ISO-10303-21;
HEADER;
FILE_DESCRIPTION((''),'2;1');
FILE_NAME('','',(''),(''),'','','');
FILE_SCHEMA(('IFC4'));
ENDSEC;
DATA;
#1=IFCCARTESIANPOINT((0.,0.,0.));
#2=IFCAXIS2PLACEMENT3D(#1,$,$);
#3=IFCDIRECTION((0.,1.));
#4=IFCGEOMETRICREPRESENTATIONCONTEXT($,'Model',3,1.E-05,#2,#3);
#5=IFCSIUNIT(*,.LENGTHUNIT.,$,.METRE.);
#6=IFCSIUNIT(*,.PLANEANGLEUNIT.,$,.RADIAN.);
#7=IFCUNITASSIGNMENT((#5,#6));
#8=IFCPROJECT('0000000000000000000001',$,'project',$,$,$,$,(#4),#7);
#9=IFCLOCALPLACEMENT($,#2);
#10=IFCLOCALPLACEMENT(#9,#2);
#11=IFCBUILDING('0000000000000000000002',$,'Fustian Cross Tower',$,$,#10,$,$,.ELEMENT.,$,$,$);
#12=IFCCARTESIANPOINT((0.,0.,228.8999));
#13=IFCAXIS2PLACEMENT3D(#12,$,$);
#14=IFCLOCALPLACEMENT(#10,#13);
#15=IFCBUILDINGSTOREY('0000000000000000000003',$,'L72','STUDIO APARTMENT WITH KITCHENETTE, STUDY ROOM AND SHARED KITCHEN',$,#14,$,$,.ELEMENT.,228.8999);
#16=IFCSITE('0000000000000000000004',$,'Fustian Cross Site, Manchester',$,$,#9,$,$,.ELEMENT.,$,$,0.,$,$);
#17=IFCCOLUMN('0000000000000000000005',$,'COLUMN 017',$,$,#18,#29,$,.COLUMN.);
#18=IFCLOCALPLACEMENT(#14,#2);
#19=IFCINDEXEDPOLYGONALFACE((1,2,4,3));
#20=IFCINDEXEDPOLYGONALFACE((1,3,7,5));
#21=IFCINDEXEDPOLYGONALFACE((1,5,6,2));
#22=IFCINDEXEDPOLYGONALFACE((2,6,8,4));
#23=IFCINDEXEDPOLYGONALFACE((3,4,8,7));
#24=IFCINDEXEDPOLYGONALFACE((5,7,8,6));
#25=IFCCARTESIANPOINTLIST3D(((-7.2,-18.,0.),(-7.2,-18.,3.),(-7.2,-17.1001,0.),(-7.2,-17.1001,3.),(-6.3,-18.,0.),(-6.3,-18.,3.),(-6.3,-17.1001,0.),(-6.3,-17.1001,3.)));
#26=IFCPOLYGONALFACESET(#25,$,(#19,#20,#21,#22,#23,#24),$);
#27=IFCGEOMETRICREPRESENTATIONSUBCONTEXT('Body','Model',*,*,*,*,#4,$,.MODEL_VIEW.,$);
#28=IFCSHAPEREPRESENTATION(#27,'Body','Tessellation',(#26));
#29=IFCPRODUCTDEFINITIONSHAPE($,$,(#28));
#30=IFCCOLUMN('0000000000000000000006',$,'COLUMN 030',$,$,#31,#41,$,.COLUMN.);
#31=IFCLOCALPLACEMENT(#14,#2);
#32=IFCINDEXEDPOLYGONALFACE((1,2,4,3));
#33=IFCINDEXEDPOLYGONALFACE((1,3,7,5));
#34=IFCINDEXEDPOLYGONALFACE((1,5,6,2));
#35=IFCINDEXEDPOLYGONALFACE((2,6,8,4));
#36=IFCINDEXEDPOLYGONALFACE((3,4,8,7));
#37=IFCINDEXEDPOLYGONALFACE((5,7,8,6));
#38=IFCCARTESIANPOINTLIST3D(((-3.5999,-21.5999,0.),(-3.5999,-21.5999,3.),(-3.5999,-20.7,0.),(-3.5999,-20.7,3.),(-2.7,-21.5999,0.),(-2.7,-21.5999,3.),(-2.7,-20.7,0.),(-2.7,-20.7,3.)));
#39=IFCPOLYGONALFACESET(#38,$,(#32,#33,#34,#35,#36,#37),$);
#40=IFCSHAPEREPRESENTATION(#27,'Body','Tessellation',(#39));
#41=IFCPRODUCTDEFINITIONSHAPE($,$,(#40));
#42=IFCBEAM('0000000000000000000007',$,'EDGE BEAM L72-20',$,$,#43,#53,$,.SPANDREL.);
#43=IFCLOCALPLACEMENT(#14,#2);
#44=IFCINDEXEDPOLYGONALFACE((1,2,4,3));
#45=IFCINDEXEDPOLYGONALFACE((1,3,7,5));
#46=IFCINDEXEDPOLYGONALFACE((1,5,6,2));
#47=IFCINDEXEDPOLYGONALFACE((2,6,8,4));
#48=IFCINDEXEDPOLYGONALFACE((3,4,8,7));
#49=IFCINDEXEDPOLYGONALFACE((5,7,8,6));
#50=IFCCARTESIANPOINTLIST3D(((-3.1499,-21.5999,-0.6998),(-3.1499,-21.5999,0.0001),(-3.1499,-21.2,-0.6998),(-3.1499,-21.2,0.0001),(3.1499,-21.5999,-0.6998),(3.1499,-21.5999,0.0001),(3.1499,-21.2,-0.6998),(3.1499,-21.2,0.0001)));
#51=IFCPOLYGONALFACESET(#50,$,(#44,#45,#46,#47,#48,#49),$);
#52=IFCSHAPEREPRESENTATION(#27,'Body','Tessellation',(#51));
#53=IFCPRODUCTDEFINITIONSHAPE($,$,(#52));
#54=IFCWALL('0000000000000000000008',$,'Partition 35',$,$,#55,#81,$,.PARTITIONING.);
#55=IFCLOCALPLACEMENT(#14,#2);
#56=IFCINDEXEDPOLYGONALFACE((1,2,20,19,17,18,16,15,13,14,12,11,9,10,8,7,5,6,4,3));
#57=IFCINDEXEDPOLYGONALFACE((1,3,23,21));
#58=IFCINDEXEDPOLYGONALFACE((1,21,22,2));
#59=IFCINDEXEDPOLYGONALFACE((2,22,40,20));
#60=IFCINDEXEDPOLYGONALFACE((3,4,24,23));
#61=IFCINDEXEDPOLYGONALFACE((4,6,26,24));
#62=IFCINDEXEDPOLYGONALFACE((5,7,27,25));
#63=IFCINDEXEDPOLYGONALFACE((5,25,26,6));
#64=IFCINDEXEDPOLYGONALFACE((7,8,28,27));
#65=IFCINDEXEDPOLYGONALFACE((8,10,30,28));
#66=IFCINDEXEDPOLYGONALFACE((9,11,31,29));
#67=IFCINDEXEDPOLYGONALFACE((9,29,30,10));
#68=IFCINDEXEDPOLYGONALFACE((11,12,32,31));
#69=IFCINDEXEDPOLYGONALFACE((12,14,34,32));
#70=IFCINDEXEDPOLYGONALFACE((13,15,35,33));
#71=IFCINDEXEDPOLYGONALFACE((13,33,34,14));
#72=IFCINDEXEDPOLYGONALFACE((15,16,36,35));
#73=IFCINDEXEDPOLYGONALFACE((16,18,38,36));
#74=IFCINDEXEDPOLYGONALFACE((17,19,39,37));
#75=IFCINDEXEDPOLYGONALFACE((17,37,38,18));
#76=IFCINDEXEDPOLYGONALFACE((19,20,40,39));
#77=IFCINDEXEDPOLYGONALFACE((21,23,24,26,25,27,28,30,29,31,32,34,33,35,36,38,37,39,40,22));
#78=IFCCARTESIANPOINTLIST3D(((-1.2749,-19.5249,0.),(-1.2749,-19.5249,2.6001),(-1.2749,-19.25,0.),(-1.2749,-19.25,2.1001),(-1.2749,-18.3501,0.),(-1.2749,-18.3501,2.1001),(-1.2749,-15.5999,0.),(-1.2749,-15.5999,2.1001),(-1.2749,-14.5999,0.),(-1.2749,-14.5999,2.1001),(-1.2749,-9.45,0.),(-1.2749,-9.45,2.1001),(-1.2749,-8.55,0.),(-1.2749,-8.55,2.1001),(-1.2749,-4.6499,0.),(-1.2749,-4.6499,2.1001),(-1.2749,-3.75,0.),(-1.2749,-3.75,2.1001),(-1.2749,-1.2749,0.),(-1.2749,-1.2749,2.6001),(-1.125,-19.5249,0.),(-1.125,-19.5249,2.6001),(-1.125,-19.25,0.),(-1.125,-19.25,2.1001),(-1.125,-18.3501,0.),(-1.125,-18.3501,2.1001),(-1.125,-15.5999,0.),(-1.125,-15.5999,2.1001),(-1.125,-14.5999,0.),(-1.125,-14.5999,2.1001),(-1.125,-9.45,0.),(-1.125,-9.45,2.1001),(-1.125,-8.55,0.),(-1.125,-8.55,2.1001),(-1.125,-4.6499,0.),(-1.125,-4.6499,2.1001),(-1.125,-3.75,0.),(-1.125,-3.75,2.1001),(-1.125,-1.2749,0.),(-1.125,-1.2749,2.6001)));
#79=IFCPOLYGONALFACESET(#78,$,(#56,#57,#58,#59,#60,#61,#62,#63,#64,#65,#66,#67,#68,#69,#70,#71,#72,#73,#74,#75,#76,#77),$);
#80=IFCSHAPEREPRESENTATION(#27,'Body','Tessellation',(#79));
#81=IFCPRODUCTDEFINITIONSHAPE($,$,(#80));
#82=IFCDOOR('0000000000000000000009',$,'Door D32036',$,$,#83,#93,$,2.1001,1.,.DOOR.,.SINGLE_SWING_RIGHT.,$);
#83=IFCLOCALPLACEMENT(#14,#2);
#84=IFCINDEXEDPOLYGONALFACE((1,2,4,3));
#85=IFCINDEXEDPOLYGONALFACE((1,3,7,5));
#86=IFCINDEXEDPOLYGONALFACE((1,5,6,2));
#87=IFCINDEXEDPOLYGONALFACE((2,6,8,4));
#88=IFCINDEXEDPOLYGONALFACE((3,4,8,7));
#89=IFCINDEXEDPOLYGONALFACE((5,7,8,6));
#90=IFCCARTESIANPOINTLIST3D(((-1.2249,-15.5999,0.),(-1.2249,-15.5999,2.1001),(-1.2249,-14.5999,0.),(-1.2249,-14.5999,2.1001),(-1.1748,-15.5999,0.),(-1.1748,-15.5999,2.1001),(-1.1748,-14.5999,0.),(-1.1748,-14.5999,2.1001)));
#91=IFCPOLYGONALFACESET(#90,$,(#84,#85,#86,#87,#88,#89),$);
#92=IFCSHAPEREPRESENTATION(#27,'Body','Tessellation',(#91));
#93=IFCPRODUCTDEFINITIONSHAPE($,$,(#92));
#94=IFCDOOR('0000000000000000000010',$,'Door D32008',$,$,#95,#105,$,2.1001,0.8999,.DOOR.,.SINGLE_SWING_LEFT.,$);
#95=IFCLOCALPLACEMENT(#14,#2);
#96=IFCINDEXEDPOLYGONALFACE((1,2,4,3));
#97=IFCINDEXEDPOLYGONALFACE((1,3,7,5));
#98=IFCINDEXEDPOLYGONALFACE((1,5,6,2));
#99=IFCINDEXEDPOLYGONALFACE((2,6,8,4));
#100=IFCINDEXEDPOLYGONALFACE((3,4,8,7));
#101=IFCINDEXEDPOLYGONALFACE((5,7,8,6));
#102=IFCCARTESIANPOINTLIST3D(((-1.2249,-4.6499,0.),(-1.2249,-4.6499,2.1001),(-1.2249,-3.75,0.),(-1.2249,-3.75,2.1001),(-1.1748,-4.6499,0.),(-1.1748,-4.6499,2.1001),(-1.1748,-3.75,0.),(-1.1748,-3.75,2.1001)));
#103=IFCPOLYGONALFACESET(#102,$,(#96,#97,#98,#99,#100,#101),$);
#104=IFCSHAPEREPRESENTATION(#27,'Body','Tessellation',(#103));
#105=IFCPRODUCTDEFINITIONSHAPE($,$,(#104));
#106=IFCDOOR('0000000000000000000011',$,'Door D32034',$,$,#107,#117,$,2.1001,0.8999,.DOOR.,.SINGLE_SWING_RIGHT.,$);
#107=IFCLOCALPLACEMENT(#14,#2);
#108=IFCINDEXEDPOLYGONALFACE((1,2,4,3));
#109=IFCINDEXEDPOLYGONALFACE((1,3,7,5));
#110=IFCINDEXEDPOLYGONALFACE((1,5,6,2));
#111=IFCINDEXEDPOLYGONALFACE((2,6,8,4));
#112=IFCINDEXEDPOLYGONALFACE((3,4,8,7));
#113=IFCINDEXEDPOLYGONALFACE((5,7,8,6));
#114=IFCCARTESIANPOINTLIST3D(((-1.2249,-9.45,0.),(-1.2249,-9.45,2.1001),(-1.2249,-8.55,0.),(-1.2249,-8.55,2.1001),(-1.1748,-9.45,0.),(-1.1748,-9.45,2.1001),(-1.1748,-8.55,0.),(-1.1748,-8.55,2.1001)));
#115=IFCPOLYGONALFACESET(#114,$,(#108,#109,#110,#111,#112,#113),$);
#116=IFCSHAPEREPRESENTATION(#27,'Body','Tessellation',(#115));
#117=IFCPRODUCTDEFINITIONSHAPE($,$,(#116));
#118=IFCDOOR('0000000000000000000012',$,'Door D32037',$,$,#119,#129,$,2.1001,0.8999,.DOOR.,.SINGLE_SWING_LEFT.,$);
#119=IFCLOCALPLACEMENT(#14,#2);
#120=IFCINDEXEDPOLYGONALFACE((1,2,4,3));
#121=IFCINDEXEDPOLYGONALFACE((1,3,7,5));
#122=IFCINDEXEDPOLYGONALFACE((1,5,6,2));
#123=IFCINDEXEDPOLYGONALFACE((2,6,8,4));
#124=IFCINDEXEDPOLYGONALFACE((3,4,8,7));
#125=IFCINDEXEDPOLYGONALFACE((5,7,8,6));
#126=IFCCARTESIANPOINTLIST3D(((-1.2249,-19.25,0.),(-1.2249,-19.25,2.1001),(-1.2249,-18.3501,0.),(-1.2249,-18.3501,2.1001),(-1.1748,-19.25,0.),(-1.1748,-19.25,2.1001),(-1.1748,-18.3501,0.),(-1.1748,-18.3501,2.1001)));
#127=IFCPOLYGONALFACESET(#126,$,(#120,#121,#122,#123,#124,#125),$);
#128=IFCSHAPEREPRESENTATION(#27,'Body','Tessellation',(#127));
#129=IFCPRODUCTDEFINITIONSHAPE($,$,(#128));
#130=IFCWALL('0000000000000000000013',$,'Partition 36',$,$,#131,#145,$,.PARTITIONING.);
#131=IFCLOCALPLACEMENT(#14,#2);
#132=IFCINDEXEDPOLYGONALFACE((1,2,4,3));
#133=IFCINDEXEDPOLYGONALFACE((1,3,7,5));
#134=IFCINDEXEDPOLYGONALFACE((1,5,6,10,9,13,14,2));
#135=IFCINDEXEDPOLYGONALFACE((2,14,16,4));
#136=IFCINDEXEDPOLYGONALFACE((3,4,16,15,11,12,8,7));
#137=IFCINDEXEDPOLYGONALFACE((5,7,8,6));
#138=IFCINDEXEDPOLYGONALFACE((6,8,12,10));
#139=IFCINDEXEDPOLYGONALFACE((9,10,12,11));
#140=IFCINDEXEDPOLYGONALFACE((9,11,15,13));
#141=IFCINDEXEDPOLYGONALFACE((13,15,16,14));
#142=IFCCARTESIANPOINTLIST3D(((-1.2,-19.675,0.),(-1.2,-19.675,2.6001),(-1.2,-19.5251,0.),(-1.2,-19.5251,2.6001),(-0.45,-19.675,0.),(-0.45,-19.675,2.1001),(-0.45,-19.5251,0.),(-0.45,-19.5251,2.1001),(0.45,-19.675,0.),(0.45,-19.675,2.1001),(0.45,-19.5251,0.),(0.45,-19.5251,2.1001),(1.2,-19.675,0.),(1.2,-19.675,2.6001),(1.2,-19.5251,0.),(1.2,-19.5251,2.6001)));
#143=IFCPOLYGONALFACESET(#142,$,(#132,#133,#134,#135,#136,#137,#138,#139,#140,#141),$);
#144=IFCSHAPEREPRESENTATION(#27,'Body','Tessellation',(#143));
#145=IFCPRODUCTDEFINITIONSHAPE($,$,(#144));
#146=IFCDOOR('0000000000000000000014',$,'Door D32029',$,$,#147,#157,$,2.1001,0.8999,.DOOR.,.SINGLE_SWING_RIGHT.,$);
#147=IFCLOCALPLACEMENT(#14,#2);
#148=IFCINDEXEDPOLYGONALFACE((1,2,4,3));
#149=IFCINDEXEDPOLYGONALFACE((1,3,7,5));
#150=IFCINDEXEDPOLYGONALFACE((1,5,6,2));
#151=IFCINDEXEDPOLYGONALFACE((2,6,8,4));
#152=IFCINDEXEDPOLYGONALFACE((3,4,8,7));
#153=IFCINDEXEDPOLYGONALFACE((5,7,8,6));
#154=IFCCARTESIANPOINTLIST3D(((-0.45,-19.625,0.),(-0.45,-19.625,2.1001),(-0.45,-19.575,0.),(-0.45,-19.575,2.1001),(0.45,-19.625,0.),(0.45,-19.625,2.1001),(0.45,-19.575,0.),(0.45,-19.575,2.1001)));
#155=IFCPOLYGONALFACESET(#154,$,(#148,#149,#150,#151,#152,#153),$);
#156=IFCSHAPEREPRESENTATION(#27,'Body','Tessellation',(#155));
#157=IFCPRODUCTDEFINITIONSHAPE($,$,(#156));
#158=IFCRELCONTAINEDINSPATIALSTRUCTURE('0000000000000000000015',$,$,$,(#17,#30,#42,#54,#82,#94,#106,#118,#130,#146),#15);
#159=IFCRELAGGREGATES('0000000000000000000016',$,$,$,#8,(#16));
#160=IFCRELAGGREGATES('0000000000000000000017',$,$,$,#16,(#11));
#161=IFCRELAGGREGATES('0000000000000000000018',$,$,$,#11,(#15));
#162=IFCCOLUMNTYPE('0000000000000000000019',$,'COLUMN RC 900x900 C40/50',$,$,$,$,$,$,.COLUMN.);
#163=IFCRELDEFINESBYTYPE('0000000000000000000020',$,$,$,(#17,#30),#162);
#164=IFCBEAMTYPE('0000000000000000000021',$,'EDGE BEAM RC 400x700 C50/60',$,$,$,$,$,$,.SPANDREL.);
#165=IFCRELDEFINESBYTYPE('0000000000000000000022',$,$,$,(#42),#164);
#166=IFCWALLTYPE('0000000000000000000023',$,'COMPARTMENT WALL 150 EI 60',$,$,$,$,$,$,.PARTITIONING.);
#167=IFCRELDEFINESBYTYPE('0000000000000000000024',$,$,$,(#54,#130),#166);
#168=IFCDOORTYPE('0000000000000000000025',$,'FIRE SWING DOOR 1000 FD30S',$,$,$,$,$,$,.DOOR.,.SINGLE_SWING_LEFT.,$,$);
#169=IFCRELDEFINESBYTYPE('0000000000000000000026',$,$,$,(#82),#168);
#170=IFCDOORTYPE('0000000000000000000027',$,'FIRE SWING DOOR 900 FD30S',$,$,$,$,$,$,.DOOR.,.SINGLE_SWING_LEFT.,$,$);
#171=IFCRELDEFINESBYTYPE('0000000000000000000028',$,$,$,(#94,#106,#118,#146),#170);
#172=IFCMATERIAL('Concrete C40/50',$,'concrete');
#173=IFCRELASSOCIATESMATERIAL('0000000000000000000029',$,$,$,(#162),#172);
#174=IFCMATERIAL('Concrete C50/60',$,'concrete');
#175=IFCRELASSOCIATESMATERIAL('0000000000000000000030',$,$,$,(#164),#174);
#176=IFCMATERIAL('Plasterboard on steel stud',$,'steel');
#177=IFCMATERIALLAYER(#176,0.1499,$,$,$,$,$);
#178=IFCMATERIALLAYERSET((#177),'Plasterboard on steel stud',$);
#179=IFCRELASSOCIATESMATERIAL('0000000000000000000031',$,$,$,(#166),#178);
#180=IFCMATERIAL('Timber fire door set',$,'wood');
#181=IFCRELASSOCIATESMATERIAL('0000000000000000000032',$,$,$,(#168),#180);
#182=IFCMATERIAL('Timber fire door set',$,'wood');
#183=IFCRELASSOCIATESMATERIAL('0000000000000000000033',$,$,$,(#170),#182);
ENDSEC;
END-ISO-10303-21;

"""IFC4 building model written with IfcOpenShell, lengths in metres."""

from ifc_helpers import new_model, si_unit, direction, frame, frame_2d, origin, origin_2d, place, context, subcontext, project, spatial, rectangle, extrude, material, layer, layer_set, material_profile, profile_set, type_object, element, fill, save


model = new_model("IFC4")

# Units and contexts
model_context = context("Model", 3, precision=1e-05, world=origin(), true_north=direction((0.0, 1.0)))
body_context = subcontext(model_context, "Body", "Model", "MODEL_VIEW")
ifc_project = project(units=[si_unit("LENGTHUNIT", "METRE"), si_unit("PLANEANGLEUNIT", "RADIAN")], contexts=[model_context])

# Site, building, storey
site_placement = place(None, origin())
site = spatial("IfcSite", under=ifc_project, at=site_placement, Name="Fustian Cross Site, Manchester", CompositionType="ELEMENT", RefElevation=0.0)
building_placement = place(site_placement, origin())
building = spatial("IfcBuilding", under=site, at=building_placement, Name="Fustian Cross Tower", CompositionType="ELEMENT")
storey_placement = place(building_placement, frame((0.0, 0.0, 228.8999)))
storey = spatial("IfcBuildingStorey", under=building, at=storey_placement, Name="L72", Description="STUDIO APARTMENT WITH KITCHENETTE, STUDY ROOM AND SHARED KITCHEN", CompositionType="ELEMENT", Elevation=228.8999)

# Columns
ifc_material_1 = material(Name="Concrete C40/50", Category="concrete")
ifc_material_profile_1 = material_profile(ifc_material_1, rectangle(XDim=0.8999, YDim=0.8999, at=origin_2d()), Name="RC 900x900")
ifc_profile_set_1 = profile_set([ifc_material_profile_1], Name="Concrete C40/50")
column_type = type_object("IfcColumnType", Name="COLUMN RC 900x900 C40/50", PredefinedType="COLUMN", material=ifc_profile_set_1)
for number, where, z_axis, x_axis, name in (
    (1, (-6.75, -17.55, 0.0), (0.0, 0.0, 1.0), (1.0, 0.0, 0.0), "COLUMN 017"),
    (2, (-3.1499, -21.1499, 0.0), (0.0, 0.0, 1.0), (1.0, 0.0, 0.0), "COLUMN 030"),
):
    element("IfcColumn", number, at=place(storey_placement, frame(where, z_axis=z_axis, x_axis=x_axis)), inside=storey, type_object=column_type, Name=name, PredefinedType="COLUMN", context=body_context, shape_type="SweptSolid", body=[
        extrude(rectangle(XDim=0.8999, YDim=0.8999, at=origin_2d()), origin(), (0.0, 0.0, 1.0), 3.0),
    ])

# Beam
ifc_material_2 = material(Name="Concrete C50/60", Category="concrete")
ifc_material_profile_2 = material_profile(ifc_material_2, rectangle(XDim=0.3999, YDim=0.7, at=origin_2d()), Name="RC 400x700")
ifc_profile_set_2 = profile_set([ifc_material_profile_2], Name="Concrete C50/60")
beam_type = type_object("IfcBeamType", Name="EDGE BEAM RC 400x700 C50/60", PredefinedType="SPANDREL", material=ifc_profile_set_2)
beam_placement = place(storey_placement, frame((-3.1499, -21.3999, -0.3499), z_axis=(1.0, 0.0, 0.0), x_axis=(0.0, 1.0, 0.0)))
element("IfcBeam", 3, at=beam_placement, inside=storey, type_object=beam_type, Name="EDGE BEAM L72-20", PredefinedType="SPANDREL", context=body_context, shape_type="SweptSolid", body=[
    extrude(rectangle(XDim=0.3999, YDim=0.7, at=origin_2d()), origin(), (0.0, 0.0, 1.0), 6.2998),
])

# Wall, openings, doors
ifc_material_3 = material(Name="Plasterboard on steel stud", Category="steel")
ifc_layer_1 = layer(ifc_material_3, 0.1499)
ifc_layer_set_1 = layer_set([ifc_layer_1], Name="Plasterboard on steel stud")
wall_type_1 = type_object("IfcWallType", Name="COMPARTMENT WALL 150 EI 60", PredefinedType="PARTITIONING", material=ifc_layer_set_1)
wall_1_placement = place(storey_placement, frame((-1.2, -19.5249, 0.0), z_axis=(0.0, 0.0, 1.0), x_axis=(0.0, 1.0, 0.0)))
wall_1 = element("IfcWall", 4, at=wall_1_placement, inside=storey, type_object=wall_type_1, Name="Partition 35", PredefinedType="PARTITIONING", context=body_context, shape_type="SweptSolid", body=[
    extrude(rectangle(XDim=18.25, YDim=0.1499, at=frame_2d((9.125, 0.0))), origin(), (0.0, 0.0, 1.0), 2.6001),
])
opening_1_placement = place(wall_1_placement, frame((14.875, 0.0, 0.0)))
opening_1 = element("IfcOpeningElement", 5, at=opening_1_placement, cuts=wall_1, PredefinedType="OPENING", context=body_context, shape_type="SweptSolid", body=[
    extrude(rectangle(XDim=0.8999, YDim=2.1001, at=frame_2d((0.45, 1.05))), frame((0.0, 0.085, 0.0), z_axis=(0.0, -1.0, 0.0), x_axis=(1.0, 0.0, 0.0)), (0.0, 0.0, 1.0), 0.1699),
])
opening_2_placement = place(wall_1_placement, frame((10.075, 0.0, 0.0)))
opening_2 = element("IfcOpeningElement", 6, at=opening_2_placement, cuts=wall_1, PredefinedType="OPENING", context=body_context, shape_type="SweptSolid", body=[
    extrude(rectangle(XDim=0.8999, YDim=2.1001, at=frame_2d((0.45, 1.05))), frame((0.0, 0.085, 0.0), z_axis=(0.0, -1.0, 0.0), x_axis=(1.0, 0.0, 0.0)), (0.0, 0.0, 1.0), 0.1699),
])
opening_3_placement = place(wall_1_placement, frame((3.925, 0.0, 0.0)))
opening_3 = element("IfcOpeningElement", 7, at=opening_3_placement, cuts=wall_1, PredefinedType="OPENING", context=body_context, shape_type="SweptSolid", body=[
    extrude(rectangle(XDim=1.0, YDim=2.1001, at=frame_2d((0.5, 1.05))), frame((0.0, 0.085, 0.0), z_axis=(0.0, -1.0, 0.0), x_axis=(1.0, 0.0, 0.0)), (0.0, 0.0, 1.0), 0.1699),
])
opening_4_placement = place(wall_1_placement, frame((0.2749, 0.0, 0.0)))
opening_4 = element("IfcOpeningElement", 8, at=opening_4_placement, cuts=wall_1, PredefinedType="OPENING", context=body_context, shape_type="SweptSolid", body=[
    extrude(rectangle(XDim=0.8999, YDim=2.1001, at=frame_2d((0.45, 1.05))), frame((0.0, 0.085, 0.0), z_axis=(0.0, -1.0, 0.0), x_axis=(1.0, 0.0, 0.0)), (0.0, 0.0, 1.0), 0.1699),
])
ifc_material_4 = material(Name="Timber fire door set", Category="wood")
door_type_1 = type_object("IfcDoorType", Name="FIRE SWING DOOR 1000 FD30S", OperationType="SINGLE_SWING_LEFT", PredefinedType="DOOR", material=ifc_material_4)
door_1_placement = place(opening_3_placement, origin())
door_1 = element("IfcDoor", 9, at=door_1_placement, inside=storey, type_object=door_type_1, Name="Door D32036", OperationType="SINGLE_SWING_RIGHT", OverallHeight=2.1001, OverallWidth=1.0, PredefinedType="DOOR", context=body_context, shape_type="SweptSolid", body=[
    extrude(rectangle(XDim=1.0, YDim=2.1001, at=frame_2d((0.5, 1.05))), frame((0.0, 0.0249, 0.0), z_axis=(0.0, -1.0, 0.0), x_axis=(1.0, 0.0, 0.0)), (0.0, 0.0, 1.0), 0.05),
])
fill(opening_3, door_1)
ifc_material_5 = material(Name="Timber fire door set", Category="wood")
door_type_2 = type_object("IfcDoorType", Name="FIRE SWING DOOR 900 FD30S", OperationType="SINGLE_SWING_LEFT", PredefinedType="DOOR", material=ifc_material_5)
door_2_placement = place(opening_1_placement, origin())
door_2 = element("IfcDoor", 10, at=door_2_placement, inside=storey, type_object=door_type_2, Name="Door D32008", OperationType="SINGLE_SWING_LEFT", OverallHeight=2.1001, OverallWidth=0.8999, PredefinedType="DOOR", context=body_context, shape_type="SweptSolid", body=[
    extrude(rectangle(XDim=0.8999, YDim=2.1001, at=frame_2d((0.45, 1.05))), frame((0.0, 0.0249, 0.0), z_axis=(0.0, -1.0, 0.0), x_axis=(1.0, 0.0, 0.0)), (0.0, 0.0, 1.0), 0.05),
])
fill(opening_1, door_2)
door_3_placement = place(opening_2_placement, origin())
door_3 = element("IfcDoor", 11, at=door_3_placement, inside=storey, type_object=door_type_2, Name="Door D32034", OperationType="SINGLE_SWING_RIGHT", OverallHeight=2.1001, OverallWidth=0.8999, PredefinedType="DOOR", context=body_context, shape_type="SweptSolid", body=[
    extrude(rectangle(XDim=0.8999, YDim=2.1001, at=frame_2d((0.45, 1.05))), frame((0.0, 0.0249, 0.0), z_axis=(0.0, -1.0, 0.0), x_axis=(1.0, 0.0, 0.0)), (0.0, 0.0, 1.0), 0.05),
])
fill(opening_2, door_3)
door_4_placement = place(opening_4_placement, origin())
door_4 = element("IfcDoor", 12, at=door_4_placement, inside=storey, type_object=door_type_2, Name="Door D32037", OperationType="SINGLE_SWING_LEFT", OverallHeight=2.1001, OverallWidth=0.8999, PredefinedType="DOOR", context=body_context, shape_type="SweptSolid", body=[
    extrude(rectangle(XDim=0.8999, YDim=2.1001, at=frame_2d((0.45, 1.05))), frame((0.0, 0.0249, 0.0), z_axis=(0.0, -1.0, 0.0), x_axis=(1.0, 0.0, 0.0)), (0.0, 0.0, 1.0), 0.05),
])
fill(opening_4, door_4)

# Wall, opening, door
wall_2_placement = place(storey_placement, frame((-1.2, -19.6001, 0.0), z_axis=(0.0, 0.0, 1.0), x_axis=(1.0, 0.0, 0.0)))
wall_2 = element("IfcWall", 13, at=wall_2_placement, inside=storey, type_object=wall_type_1, Name="Partition 36", PredefinedType="PARTITIONING", context=body_context, shape_type="SweptSolid", body=[
    extrude(rectangle(XDim=2.3999, YDim=0.1499, at=frame_2d((1.2, 0.0))), origin(), (0.0, 0.0, 1.0), 2.6001),
])
opening_5_placement = place(wall_2_placement, frame((0.75, 0.0, 0.0)))
opening_5 = element("IfcOpeningElement", 14, at=opening_5_placement, cuts=wall_2, PredefinedType="OPENING", context=body_context, shape_type="SweptSolid", body=[
    extrude(rectangle(XDim=0.8999, YDim=2.1001, at=frame_2d((0.45, 1.05))), frame((0.0, 0.085, 0.0), z_axis=(0.0, -1.0, 0.0), x_axis=(1.0, 0.0, 0.0)), (0.0, 0.0, 1.0), 0.1699),
])
door_5_placement = place(opening_5_placement, frame((0.8999, 0.0, 0.0), z_axis=(0.0, 0.0, 1.0), x_axis=(-1.0, 0.0, 0.0)))
door_5 = element("IfcDoor", 15, at=door_5_placement, inside=storey, type_object=door_type_2, Name="Door D32029", OperationType="SINGLE_SWING_RIGHT", OverallHeight=2.1001, OverallWidth=0.8999, PredefinedType="DOOR", context=body_context, shape_type="SweptSolid", body=[
    extrude(rectangle(XDim=0.8999, YDim=2.1001, at=frame_2d((0.45, 1.05))), frame((0.0, 0.0249, 0.0), z_axis=(0.0, -1.0, 0.0), x_axis=(1.0, 0.0, 0.0)), (0.0, 0.0, 1.0), 0.05),
])
fill(opening_5, door_5)

save(model, "model.ifc")
